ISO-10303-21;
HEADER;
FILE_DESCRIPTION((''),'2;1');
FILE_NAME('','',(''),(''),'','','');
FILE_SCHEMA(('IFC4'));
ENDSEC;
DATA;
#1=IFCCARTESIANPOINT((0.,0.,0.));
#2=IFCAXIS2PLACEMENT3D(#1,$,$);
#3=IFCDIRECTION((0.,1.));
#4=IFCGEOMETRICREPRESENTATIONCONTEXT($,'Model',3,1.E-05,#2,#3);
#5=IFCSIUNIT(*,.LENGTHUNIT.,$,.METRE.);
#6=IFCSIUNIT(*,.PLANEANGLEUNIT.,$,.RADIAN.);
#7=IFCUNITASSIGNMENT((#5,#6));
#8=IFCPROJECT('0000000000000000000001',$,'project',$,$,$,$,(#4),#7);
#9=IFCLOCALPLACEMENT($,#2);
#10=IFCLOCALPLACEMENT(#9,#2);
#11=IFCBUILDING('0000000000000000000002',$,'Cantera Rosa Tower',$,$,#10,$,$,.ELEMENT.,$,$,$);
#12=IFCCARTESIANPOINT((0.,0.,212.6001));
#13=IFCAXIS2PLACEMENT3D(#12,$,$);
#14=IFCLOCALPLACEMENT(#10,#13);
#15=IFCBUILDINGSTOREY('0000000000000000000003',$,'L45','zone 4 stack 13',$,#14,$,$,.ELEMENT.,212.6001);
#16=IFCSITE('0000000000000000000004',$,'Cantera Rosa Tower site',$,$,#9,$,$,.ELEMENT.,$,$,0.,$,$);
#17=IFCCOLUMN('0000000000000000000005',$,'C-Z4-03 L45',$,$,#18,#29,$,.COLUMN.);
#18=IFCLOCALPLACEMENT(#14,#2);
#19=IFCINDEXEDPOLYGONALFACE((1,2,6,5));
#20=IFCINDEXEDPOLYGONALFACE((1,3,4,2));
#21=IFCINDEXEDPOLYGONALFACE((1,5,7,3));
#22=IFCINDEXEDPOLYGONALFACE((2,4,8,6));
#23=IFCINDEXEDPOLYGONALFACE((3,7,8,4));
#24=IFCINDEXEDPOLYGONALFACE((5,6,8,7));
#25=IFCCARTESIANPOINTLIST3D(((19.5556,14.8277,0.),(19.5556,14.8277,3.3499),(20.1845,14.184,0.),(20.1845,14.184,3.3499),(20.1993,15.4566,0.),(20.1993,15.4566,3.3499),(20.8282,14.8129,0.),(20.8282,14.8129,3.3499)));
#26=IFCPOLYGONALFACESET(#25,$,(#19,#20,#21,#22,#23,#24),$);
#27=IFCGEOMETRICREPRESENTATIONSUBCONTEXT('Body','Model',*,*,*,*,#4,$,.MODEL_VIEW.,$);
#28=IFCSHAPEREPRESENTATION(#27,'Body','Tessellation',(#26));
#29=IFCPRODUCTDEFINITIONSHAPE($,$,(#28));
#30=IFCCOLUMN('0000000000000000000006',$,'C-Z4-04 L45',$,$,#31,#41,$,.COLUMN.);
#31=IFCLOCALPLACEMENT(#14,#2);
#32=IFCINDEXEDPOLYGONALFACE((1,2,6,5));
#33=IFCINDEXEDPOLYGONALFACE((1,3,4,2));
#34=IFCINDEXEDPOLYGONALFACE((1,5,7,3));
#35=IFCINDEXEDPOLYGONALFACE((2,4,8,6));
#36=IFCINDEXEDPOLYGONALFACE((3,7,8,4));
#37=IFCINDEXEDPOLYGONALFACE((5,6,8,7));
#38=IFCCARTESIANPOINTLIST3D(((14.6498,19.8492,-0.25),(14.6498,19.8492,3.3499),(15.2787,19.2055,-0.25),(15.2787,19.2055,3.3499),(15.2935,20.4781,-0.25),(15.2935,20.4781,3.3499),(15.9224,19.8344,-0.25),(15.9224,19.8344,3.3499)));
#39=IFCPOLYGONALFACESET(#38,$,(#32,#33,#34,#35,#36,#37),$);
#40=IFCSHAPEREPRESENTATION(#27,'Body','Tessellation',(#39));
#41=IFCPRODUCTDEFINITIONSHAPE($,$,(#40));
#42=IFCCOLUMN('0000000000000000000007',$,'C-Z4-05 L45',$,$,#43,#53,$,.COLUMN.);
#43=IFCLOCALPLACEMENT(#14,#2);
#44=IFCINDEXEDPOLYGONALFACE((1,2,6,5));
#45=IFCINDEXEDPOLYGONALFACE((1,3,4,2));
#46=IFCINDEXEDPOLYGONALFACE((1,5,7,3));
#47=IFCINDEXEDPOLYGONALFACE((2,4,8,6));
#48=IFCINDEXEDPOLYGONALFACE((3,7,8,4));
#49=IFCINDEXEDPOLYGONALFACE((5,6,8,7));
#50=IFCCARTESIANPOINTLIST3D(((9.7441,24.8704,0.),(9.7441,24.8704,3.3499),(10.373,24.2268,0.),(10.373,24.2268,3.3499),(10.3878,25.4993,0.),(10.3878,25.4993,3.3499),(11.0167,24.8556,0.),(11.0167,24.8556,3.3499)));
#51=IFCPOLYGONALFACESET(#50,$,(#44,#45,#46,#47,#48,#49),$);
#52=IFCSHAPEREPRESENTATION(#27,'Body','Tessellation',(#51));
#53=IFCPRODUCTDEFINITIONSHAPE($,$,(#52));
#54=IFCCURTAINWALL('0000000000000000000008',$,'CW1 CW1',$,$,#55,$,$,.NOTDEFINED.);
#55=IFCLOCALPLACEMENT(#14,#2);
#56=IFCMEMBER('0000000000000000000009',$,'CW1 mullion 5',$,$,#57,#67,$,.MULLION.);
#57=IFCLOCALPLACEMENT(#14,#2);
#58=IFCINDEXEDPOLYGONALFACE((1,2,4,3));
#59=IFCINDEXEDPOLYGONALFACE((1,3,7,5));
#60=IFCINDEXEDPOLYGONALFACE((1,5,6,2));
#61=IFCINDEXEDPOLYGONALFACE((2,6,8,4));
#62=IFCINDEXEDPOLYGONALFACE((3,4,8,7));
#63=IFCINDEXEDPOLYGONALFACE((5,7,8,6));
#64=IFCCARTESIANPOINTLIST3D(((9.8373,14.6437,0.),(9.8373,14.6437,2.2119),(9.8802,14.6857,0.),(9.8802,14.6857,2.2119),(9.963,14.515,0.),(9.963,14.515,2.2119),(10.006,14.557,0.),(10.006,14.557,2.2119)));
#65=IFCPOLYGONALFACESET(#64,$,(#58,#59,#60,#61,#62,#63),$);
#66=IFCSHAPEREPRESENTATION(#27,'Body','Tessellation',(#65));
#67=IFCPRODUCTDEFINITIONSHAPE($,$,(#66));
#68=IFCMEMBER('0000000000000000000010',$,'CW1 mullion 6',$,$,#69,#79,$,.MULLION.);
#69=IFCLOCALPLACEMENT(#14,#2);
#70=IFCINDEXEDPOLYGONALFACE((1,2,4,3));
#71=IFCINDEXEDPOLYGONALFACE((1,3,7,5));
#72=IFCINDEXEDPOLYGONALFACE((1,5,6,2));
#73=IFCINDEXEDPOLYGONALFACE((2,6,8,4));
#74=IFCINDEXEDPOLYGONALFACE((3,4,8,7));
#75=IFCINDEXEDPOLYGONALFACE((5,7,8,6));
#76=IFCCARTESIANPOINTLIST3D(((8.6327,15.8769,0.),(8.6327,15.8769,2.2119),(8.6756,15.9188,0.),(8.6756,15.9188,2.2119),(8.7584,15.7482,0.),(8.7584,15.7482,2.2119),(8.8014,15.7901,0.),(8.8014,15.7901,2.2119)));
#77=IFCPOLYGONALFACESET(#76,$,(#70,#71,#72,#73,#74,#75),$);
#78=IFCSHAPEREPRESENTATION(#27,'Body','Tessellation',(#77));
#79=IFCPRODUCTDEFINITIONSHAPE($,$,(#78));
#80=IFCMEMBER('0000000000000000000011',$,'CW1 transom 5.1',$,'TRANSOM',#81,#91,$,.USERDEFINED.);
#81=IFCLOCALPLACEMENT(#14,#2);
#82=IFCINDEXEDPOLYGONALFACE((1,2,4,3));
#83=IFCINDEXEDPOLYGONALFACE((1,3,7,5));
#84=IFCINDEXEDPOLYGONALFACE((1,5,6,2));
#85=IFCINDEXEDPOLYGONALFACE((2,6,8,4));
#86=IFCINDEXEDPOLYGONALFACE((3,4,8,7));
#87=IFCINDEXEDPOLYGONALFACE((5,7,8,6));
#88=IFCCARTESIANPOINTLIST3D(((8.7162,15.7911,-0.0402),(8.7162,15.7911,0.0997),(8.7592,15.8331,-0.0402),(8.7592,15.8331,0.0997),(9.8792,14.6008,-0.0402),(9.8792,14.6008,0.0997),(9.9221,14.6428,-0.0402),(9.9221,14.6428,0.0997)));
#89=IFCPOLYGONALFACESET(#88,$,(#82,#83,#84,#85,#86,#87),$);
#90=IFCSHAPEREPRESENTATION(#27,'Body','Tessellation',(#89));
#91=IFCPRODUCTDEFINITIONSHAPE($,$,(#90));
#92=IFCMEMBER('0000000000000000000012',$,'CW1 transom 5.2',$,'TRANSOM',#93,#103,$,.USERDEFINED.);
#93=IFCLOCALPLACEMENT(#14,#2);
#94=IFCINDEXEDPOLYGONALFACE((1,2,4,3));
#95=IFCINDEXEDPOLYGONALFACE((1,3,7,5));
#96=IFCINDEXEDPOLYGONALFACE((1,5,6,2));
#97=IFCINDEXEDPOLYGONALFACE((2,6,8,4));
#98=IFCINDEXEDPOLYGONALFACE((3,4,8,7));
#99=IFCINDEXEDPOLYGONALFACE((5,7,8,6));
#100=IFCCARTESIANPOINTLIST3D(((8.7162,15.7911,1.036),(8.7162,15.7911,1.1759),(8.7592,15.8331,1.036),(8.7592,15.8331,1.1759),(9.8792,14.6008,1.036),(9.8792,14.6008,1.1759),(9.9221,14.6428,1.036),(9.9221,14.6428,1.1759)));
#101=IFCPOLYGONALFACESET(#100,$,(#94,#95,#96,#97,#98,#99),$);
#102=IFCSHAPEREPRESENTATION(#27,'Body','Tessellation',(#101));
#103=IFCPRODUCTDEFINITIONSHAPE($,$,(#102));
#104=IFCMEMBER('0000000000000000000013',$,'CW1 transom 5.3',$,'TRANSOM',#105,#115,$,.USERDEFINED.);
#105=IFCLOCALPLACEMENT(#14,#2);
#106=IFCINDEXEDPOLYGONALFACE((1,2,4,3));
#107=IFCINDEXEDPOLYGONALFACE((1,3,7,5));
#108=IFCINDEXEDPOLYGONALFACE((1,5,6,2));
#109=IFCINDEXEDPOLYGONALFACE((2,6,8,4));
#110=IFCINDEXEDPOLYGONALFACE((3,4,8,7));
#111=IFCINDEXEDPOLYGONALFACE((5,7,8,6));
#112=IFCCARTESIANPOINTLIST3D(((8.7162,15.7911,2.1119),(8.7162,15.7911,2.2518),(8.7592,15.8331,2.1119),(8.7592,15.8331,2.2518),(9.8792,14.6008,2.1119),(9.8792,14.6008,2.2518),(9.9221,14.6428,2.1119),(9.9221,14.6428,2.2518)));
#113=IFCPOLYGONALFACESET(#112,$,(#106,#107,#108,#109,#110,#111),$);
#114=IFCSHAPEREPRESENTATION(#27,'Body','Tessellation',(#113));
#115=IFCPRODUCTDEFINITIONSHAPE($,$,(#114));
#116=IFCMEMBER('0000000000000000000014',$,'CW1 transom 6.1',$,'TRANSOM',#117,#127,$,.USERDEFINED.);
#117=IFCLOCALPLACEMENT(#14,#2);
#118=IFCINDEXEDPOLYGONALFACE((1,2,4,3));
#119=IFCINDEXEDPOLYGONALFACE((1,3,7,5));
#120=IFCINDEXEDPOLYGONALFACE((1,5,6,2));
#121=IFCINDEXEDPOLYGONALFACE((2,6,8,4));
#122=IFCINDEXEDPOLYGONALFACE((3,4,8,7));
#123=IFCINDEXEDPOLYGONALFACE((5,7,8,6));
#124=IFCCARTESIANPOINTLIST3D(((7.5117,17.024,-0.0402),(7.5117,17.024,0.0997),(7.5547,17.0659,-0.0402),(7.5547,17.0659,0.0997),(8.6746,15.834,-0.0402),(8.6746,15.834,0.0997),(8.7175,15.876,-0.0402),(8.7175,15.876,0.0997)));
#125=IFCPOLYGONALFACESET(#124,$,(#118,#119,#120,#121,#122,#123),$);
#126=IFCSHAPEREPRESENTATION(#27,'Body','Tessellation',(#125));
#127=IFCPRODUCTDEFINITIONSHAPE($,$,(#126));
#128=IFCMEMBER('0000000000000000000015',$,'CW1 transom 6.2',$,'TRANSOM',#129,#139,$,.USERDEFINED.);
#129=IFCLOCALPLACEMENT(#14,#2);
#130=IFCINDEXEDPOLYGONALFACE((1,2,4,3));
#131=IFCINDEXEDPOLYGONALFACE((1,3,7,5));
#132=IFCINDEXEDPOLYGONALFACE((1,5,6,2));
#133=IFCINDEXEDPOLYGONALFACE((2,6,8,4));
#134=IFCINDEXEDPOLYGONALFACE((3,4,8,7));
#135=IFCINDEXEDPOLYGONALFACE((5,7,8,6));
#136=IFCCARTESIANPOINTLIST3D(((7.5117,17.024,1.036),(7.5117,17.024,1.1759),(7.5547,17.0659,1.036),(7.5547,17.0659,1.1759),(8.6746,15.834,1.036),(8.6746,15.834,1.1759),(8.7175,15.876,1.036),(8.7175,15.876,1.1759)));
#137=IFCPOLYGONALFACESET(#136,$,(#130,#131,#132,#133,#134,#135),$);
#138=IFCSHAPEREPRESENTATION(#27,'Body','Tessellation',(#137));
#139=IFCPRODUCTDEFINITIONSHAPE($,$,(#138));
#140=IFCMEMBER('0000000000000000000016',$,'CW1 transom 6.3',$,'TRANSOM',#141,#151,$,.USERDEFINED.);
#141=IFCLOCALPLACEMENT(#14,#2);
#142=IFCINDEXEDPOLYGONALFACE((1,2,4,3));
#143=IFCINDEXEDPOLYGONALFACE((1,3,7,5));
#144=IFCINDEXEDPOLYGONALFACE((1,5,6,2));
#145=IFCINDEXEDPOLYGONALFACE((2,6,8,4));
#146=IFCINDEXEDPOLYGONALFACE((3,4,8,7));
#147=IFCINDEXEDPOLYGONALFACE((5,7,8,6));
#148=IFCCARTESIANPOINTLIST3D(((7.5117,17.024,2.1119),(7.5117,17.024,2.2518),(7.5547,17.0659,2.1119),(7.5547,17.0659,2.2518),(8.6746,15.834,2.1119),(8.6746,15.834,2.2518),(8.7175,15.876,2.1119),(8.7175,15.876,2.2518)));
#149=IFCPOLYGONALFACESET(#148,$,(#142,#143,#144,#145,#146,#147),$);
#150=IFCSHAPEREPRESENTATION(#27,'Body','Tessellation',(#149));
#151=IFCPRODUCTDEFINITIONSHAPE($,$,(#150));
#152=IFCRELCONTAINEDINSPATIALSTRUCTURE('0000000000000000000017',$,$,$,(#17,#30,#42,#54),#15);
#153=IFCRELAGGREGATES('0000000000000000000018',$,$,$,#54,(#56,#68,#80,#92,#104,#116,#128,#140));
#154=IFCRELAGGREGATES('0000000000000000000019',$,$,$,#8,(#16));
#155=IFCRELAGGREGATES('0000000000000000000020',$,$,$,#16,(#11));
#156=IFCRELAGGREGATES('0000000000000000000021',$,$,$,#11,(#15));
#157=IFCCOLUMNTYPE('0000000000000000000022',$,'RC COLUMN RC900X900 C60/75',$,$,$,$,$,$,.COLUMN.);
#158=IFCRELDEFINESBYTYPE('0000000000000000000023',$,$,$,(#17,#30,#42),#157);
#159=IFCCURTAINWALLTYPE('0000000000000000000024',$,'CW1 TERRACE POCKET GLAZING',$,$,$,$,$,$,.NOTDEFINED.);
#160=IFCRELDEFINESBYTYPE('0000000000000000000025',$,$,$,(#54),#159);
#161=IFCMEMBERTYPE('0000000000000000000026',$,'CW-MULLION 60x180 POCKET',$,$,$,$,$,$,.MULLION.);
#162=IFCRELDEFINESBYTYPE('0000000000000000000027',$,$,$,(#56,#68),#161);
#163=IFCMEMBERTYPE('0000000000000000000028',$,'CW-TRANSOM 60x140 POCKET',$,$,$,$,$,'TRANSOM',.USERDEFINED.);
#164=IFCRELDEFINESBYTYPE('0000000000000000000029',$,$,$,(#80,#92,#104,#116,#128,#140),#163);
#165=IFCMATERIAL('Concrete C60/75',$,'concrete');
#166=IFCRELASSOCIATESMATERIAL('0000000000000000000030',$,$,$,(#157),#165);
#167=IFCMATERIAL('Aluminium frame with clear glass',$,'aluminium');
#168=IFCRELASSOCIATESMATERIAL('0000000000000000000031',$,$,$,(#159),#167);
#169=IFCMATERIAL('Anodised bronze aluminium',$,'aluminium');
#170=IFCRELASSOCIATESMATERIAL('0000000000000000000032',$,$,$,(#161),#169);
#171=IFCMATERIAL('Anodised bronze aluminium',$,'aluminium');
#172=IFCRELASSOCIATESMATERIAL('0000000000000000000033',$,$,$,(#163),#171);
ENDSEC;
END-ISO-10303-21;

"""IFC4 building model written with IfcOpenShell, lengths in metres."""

from ifc_helpers import new_model, si_unit, direction, frame, origin, origin_2d, place, context, subcontext, project, spatial, rectangle, extrude, material, material_profile, profile_set, type_object, element, aggregate, save


model = new_model("IFC4")

# Units and contexts
model_context = context("Model", 3, precision=1e-05, world=origin(), true_north=direction((0.0, 1.0)))
body_context = subcontext(model_context, "Body", "Model", "MODEL_VIEW")
ifc_project = project(units=[si_unit("LENGTHUNIT", "METRE"), si_unit("PLANEANGLEUNIT", "RADIAN")], contexts=[model_context])

# Site, building, storey
site_placement = place(None, origin())
site = spatial("IfcSite", under=ifc_project, at=site_placement, Name="Cantera Rosa Tower site", CompositionType="ELEMENT", RefElevation=0.0)
building_placement = place(site_placement, origin())
building = spatial("IfcBuilding", under=site, at=building_placement, Name="Cantera Rosa Tower", CompositionType="ELEMENT")
storey_placement = place(building_placement, frame((0.0, 0.0, 212.6001)))
storey = spatial("IfcBuildingStorey", under=building, at=storey_placement, Name="L45", Description="zone 4 stack 13", CompositionType="ELEMENT", Elevation=212.6001)

# Columns
ifc_material_1 = material(Name="Concrete C60/75", Category="concrete")
ifc_material_profile_1 = material_profile(ifc_material_1, rectangle(XDim=0.8999, YDim=0.8999, at=origin_2d()), Name="RC COLUMN RC900X900 C60/75")
ifc_profile_set_1 = profile_set([ifc_material_profile_1], Name="Concrete C60/75")
column_type = type_object("IfcColumnType", Name="RC COLUMN RC900X900 C60/75", PredefinedType="COLUMN", material=ifc_profile_set_1)
column_1_placement = place(storey_placement, frame((20.1919, 14.8203, 0.0), z_axis=(0.0, 0.0, 1.0), x_axis=(0.715286, 0.698832, 0.0)))
element("IfcColumn", 1, at=column_1_placement, inside=storey, type_object=column_type, Name="C-Z4-03 L45", PredefinedType="COLUMN", context=body_context, shape_type="SweptSolid", body=[
    extrude(rectangle(XDim=0.8999, YDim=0.8999, at=origin_2d()), origin(), (0.0, 0.0, 1.0), 3.3499),
])
column_2_placement = place(storey_placement, frame((15.2861, 19.8418, -0.25), z_axis=(0.0, 0.0, 1.0), x_axis=(0.715286, 0.698832, 0.0)))
element("IfcColumn", 2, at=column_2_placement, inside=storey, type_object=column_type, Name="C-Z4-04 L45", PredefinedType="COLUMN", context=body_context, shape_type="SweptSolid", body=[
    extrude(rectangle(XDim=0.8999, YDim=0.8999, at=origin_2d()), origin(), (0.0, 0.0, 1.0), 3.5999),
])
column_3_placement = place(storey_placement, frame((10.3804, 24.863, 0.0), z_axis=(0.0, 0.0, 1.0), x_axis=(0.715286, 0.698832, 0.0)))
element("IfcColumn", 3, at=column_3_placement, inside=storey, type_object=column_type, Name="C-Z4-05 L45", PredefinedType="COLUMN", context=body_context, shape_type="SweptSolid", body=[
    extrude(rectangle(XDim=0.8999, YDim=0.8999, at=origin_2d()), origin(), (0.0, 0.0, 1.0), 3.3499),
])

# Curtain wall, members
ifc_material_2 = material(Name="Aluminium frame with clear glass", Category="aluminium")
curtain_wall_type = type_object("IfcCurtainWallType", Name="CW1 TERRACE POCKET GLAZING", PredefinedType="NOTDEFINED", material=ifc_material_2)
curtain_wall_placement = place(storey_placement, origin())
curtain_wall = element("IfcCurtainWall", 4, at=curtain_wall_placement, inside=storey, type_object=curtain_wall_type, Name="CW1 CW1", PredefinedType="NOTDEFINED")
ifc_material_3 = material(Name="Anodised bronze aluminium", Category="aluminium")
ifc_material_profile_2 = material_profile(ifc_material_3, rectangle(XDim=0.0601, YDim=0.1799, at=origin_2d()), Name="CW-MULLION 60x180 POCKET")
ifc_profile_set_2 = profile_set([ifc_material_profile_2], Name="Anodised bronze aluminium")
member_type_1 = type_object("IfcMemberType", Name="CW-MULLION 60x180 POCKET", PredefinedType="MULLION", material=ifc_profile_set_2)
member_1_placement = place(storey_placement, frame((9.9216, 14.6003, 0.0), z_axis=(0.0, 0.0, 1.0), x_axis=(-0.715286, -0.698832, 0.0)))
member_1 = element("IfcMember", 5, at=member_1_placement, type_object=member_type_1, Name="CW1 mullion 5", PredefinedType="MULLION", context=body_context, shape_type="SweptSolid", body=[
    extrude(rectangle(XDim=0.0601, YDim=0.1799, at=origin_2d()), origin(), (0.0, 0.0, 1.0), 2.2119),
])
member_2_placement = place(storey_placement, frame((8.717, 15.8335, 0.0), z_axis=(0.0, 0.0, 1.0), x_axis=(-0.715286, -0.698832, 0.0)))
member_2 = element("IfcMember", 6, at=member_2_placement, type_object=member_type_1, Name="CW1 mullion 6", PredefinedType="MULLION", context=body_context, shape_type="SweptSolid", body=[
    extrude(rectangle(XDim=0.0601, YDim=0.1799, at=origin_2d()), origin(), (0.0, 0.0, 1.0), 2.2119),
])
ifc_material_4 = material(Name="Anodised bronze aluminium", Category="aluminium")
ifc_material_profile_3 = material_profile(ifc_material_4, rectangle(XDim=0.0601, YDim=0.1399, at=origin_2d()), Name="CW-TRANSOM 60x140 POCKET")
ifc_profile_set_3 = profile_set([ifc_material_profile_3], Name="Anodised bronze aluminium")
member_type_2 = type_object("IfcMemberType", Name="CW-TRANSOM 60x140 POCKET", ElementType="TRANSOM", PredefinedType="USERDEFINED", material=ifc_profile_set_3)
member_3_placement = place(storey_placement, frame((9.9006, 14.6218, 0.0298), z_axis=(-0.698843, 0.715276, 0.0), x_axis=(-0.715276, -0.698843, 0.0)))
member_3 = element("IfcMember", 7, at=member_3_placement, type_object=member_type_2, Name="CW1 transom 5.1", ObjectType="TRANSOM", PredefinedType="USERDEFINED", context=body_context, shape_type="SweptSolid", body=[
    extrude(rectangle(XDim=0.0601, YDim=0.1399, at=origin_2d()), origin(), (0.0, 0.0, 1.0), 1.6641),
])
member_4_placement = place(storey_placement, frame((9.9006, 14.6218, 1.106), z_axis=(-0.698843, 0.715276, 0.0), x_axis=(-0.715276, -0.698843, 0.0)))
member_4 = element("IfcMember", 8, at=member_4_placement, type_object=member_type_2, Name="CW1 transom 5.2", ObjectType="TRANSOM", PredefinedType="USERDEFINED", context=body_context, shape_type="SweptSolid", body=[
    extrude(rectangle(XDim=0.0601, YDim=0.1399, at=origin_2d()), origin(), (0.0, 0.0, 1.0), 1.6641),
])
member_5_placement = place(storey_placement, frame((9.9006, 14.6218, 2.1819), z_axis=(-0.698843, 0.715276, 0.0), x_axis=(-0.715276, -0.698843, 0.0)))
member_5 = element("IfcMember", 9, at=member_5_placement, type_object=member_type_2, Name="CW1 transom 5.3", ObjectType="TRANSOM", PredefinedType="USERDEFINED", context=body_context, shape_type="SweptSolid", body=[
    extrude(rectangle(XDim=0.0601, YDim=0.1399, at=origin_2d()), origin(), (0.0, 0.0, 1.0), 1.6641),
])
member_6_placement = place(storey_placement, frame((8.696, 15.855, 0.0298), z_axis=(-0.698916, 0.715204, 0.0), x_axis=(-0.715204, -0.698916, 0.0)))
member_6 = element("IfcMember", 10, at=member_6_placement, type_object=member_type_2, Name="CW1 transom 6.1", ObjectType="TRANSOM", PredefinedType="USERDEFINED", context=body_context, shape_type="SweptSolid", body=[
    extrude(rectangle(XDim=0.0601, YDim=0.1399, at=origin_2d()), origin(), (0.0, 0.0, 1.0), 1.6638),
])
member_7_placement = place(storey_placement, frame((8.696, 15.855, 1.106), z_axis=(-0.698916, 0.715204, 0.0), x_axis=(-0.715204, -0.698916, 0.0)))
member_7 = element("IfcMember", 11, at=member_7_placement, type_object=member_type_2, Name="CW1 transom 6.2", ObjectType="TRANSOM", PredefinedType="USERDEFINED", context=body_context, shape_type="SweptSolid", body=[
    extrude(rectangle(XDim=0.0601, YDim=0.1399, at=origin_2d()), origin(), (0.0, 0.0, 1.0), 1.6638),
])
member_8_placement = place(storey_placement, frame((8.696, 15.855, 2.1819), z_axis=(-0.698916, 0.715204, 0.0), x_axis=(-0.715204, -0.698916, 0.0)))
member_8 = element("IfcMember", 12, at=member_8_placement, type_object=member_type_2, Name="CW1 transom 6.3", ObjectType="TRANSOM", PredefinedType="USERDEFINED", context=body_context, shape_type="SweptSolid", body=[
    extrude(rectangle(XDim=0.0601, YDim=0.1399, at=origin_2d()), origin(), (0.0, 0.0, 1.0), 1.6638),
])

aggregate(curtain_wall, [member_1, member_2, member_3, member_4, member_5, member_6, member_7, member_8])

save(model, "model.ifc")
